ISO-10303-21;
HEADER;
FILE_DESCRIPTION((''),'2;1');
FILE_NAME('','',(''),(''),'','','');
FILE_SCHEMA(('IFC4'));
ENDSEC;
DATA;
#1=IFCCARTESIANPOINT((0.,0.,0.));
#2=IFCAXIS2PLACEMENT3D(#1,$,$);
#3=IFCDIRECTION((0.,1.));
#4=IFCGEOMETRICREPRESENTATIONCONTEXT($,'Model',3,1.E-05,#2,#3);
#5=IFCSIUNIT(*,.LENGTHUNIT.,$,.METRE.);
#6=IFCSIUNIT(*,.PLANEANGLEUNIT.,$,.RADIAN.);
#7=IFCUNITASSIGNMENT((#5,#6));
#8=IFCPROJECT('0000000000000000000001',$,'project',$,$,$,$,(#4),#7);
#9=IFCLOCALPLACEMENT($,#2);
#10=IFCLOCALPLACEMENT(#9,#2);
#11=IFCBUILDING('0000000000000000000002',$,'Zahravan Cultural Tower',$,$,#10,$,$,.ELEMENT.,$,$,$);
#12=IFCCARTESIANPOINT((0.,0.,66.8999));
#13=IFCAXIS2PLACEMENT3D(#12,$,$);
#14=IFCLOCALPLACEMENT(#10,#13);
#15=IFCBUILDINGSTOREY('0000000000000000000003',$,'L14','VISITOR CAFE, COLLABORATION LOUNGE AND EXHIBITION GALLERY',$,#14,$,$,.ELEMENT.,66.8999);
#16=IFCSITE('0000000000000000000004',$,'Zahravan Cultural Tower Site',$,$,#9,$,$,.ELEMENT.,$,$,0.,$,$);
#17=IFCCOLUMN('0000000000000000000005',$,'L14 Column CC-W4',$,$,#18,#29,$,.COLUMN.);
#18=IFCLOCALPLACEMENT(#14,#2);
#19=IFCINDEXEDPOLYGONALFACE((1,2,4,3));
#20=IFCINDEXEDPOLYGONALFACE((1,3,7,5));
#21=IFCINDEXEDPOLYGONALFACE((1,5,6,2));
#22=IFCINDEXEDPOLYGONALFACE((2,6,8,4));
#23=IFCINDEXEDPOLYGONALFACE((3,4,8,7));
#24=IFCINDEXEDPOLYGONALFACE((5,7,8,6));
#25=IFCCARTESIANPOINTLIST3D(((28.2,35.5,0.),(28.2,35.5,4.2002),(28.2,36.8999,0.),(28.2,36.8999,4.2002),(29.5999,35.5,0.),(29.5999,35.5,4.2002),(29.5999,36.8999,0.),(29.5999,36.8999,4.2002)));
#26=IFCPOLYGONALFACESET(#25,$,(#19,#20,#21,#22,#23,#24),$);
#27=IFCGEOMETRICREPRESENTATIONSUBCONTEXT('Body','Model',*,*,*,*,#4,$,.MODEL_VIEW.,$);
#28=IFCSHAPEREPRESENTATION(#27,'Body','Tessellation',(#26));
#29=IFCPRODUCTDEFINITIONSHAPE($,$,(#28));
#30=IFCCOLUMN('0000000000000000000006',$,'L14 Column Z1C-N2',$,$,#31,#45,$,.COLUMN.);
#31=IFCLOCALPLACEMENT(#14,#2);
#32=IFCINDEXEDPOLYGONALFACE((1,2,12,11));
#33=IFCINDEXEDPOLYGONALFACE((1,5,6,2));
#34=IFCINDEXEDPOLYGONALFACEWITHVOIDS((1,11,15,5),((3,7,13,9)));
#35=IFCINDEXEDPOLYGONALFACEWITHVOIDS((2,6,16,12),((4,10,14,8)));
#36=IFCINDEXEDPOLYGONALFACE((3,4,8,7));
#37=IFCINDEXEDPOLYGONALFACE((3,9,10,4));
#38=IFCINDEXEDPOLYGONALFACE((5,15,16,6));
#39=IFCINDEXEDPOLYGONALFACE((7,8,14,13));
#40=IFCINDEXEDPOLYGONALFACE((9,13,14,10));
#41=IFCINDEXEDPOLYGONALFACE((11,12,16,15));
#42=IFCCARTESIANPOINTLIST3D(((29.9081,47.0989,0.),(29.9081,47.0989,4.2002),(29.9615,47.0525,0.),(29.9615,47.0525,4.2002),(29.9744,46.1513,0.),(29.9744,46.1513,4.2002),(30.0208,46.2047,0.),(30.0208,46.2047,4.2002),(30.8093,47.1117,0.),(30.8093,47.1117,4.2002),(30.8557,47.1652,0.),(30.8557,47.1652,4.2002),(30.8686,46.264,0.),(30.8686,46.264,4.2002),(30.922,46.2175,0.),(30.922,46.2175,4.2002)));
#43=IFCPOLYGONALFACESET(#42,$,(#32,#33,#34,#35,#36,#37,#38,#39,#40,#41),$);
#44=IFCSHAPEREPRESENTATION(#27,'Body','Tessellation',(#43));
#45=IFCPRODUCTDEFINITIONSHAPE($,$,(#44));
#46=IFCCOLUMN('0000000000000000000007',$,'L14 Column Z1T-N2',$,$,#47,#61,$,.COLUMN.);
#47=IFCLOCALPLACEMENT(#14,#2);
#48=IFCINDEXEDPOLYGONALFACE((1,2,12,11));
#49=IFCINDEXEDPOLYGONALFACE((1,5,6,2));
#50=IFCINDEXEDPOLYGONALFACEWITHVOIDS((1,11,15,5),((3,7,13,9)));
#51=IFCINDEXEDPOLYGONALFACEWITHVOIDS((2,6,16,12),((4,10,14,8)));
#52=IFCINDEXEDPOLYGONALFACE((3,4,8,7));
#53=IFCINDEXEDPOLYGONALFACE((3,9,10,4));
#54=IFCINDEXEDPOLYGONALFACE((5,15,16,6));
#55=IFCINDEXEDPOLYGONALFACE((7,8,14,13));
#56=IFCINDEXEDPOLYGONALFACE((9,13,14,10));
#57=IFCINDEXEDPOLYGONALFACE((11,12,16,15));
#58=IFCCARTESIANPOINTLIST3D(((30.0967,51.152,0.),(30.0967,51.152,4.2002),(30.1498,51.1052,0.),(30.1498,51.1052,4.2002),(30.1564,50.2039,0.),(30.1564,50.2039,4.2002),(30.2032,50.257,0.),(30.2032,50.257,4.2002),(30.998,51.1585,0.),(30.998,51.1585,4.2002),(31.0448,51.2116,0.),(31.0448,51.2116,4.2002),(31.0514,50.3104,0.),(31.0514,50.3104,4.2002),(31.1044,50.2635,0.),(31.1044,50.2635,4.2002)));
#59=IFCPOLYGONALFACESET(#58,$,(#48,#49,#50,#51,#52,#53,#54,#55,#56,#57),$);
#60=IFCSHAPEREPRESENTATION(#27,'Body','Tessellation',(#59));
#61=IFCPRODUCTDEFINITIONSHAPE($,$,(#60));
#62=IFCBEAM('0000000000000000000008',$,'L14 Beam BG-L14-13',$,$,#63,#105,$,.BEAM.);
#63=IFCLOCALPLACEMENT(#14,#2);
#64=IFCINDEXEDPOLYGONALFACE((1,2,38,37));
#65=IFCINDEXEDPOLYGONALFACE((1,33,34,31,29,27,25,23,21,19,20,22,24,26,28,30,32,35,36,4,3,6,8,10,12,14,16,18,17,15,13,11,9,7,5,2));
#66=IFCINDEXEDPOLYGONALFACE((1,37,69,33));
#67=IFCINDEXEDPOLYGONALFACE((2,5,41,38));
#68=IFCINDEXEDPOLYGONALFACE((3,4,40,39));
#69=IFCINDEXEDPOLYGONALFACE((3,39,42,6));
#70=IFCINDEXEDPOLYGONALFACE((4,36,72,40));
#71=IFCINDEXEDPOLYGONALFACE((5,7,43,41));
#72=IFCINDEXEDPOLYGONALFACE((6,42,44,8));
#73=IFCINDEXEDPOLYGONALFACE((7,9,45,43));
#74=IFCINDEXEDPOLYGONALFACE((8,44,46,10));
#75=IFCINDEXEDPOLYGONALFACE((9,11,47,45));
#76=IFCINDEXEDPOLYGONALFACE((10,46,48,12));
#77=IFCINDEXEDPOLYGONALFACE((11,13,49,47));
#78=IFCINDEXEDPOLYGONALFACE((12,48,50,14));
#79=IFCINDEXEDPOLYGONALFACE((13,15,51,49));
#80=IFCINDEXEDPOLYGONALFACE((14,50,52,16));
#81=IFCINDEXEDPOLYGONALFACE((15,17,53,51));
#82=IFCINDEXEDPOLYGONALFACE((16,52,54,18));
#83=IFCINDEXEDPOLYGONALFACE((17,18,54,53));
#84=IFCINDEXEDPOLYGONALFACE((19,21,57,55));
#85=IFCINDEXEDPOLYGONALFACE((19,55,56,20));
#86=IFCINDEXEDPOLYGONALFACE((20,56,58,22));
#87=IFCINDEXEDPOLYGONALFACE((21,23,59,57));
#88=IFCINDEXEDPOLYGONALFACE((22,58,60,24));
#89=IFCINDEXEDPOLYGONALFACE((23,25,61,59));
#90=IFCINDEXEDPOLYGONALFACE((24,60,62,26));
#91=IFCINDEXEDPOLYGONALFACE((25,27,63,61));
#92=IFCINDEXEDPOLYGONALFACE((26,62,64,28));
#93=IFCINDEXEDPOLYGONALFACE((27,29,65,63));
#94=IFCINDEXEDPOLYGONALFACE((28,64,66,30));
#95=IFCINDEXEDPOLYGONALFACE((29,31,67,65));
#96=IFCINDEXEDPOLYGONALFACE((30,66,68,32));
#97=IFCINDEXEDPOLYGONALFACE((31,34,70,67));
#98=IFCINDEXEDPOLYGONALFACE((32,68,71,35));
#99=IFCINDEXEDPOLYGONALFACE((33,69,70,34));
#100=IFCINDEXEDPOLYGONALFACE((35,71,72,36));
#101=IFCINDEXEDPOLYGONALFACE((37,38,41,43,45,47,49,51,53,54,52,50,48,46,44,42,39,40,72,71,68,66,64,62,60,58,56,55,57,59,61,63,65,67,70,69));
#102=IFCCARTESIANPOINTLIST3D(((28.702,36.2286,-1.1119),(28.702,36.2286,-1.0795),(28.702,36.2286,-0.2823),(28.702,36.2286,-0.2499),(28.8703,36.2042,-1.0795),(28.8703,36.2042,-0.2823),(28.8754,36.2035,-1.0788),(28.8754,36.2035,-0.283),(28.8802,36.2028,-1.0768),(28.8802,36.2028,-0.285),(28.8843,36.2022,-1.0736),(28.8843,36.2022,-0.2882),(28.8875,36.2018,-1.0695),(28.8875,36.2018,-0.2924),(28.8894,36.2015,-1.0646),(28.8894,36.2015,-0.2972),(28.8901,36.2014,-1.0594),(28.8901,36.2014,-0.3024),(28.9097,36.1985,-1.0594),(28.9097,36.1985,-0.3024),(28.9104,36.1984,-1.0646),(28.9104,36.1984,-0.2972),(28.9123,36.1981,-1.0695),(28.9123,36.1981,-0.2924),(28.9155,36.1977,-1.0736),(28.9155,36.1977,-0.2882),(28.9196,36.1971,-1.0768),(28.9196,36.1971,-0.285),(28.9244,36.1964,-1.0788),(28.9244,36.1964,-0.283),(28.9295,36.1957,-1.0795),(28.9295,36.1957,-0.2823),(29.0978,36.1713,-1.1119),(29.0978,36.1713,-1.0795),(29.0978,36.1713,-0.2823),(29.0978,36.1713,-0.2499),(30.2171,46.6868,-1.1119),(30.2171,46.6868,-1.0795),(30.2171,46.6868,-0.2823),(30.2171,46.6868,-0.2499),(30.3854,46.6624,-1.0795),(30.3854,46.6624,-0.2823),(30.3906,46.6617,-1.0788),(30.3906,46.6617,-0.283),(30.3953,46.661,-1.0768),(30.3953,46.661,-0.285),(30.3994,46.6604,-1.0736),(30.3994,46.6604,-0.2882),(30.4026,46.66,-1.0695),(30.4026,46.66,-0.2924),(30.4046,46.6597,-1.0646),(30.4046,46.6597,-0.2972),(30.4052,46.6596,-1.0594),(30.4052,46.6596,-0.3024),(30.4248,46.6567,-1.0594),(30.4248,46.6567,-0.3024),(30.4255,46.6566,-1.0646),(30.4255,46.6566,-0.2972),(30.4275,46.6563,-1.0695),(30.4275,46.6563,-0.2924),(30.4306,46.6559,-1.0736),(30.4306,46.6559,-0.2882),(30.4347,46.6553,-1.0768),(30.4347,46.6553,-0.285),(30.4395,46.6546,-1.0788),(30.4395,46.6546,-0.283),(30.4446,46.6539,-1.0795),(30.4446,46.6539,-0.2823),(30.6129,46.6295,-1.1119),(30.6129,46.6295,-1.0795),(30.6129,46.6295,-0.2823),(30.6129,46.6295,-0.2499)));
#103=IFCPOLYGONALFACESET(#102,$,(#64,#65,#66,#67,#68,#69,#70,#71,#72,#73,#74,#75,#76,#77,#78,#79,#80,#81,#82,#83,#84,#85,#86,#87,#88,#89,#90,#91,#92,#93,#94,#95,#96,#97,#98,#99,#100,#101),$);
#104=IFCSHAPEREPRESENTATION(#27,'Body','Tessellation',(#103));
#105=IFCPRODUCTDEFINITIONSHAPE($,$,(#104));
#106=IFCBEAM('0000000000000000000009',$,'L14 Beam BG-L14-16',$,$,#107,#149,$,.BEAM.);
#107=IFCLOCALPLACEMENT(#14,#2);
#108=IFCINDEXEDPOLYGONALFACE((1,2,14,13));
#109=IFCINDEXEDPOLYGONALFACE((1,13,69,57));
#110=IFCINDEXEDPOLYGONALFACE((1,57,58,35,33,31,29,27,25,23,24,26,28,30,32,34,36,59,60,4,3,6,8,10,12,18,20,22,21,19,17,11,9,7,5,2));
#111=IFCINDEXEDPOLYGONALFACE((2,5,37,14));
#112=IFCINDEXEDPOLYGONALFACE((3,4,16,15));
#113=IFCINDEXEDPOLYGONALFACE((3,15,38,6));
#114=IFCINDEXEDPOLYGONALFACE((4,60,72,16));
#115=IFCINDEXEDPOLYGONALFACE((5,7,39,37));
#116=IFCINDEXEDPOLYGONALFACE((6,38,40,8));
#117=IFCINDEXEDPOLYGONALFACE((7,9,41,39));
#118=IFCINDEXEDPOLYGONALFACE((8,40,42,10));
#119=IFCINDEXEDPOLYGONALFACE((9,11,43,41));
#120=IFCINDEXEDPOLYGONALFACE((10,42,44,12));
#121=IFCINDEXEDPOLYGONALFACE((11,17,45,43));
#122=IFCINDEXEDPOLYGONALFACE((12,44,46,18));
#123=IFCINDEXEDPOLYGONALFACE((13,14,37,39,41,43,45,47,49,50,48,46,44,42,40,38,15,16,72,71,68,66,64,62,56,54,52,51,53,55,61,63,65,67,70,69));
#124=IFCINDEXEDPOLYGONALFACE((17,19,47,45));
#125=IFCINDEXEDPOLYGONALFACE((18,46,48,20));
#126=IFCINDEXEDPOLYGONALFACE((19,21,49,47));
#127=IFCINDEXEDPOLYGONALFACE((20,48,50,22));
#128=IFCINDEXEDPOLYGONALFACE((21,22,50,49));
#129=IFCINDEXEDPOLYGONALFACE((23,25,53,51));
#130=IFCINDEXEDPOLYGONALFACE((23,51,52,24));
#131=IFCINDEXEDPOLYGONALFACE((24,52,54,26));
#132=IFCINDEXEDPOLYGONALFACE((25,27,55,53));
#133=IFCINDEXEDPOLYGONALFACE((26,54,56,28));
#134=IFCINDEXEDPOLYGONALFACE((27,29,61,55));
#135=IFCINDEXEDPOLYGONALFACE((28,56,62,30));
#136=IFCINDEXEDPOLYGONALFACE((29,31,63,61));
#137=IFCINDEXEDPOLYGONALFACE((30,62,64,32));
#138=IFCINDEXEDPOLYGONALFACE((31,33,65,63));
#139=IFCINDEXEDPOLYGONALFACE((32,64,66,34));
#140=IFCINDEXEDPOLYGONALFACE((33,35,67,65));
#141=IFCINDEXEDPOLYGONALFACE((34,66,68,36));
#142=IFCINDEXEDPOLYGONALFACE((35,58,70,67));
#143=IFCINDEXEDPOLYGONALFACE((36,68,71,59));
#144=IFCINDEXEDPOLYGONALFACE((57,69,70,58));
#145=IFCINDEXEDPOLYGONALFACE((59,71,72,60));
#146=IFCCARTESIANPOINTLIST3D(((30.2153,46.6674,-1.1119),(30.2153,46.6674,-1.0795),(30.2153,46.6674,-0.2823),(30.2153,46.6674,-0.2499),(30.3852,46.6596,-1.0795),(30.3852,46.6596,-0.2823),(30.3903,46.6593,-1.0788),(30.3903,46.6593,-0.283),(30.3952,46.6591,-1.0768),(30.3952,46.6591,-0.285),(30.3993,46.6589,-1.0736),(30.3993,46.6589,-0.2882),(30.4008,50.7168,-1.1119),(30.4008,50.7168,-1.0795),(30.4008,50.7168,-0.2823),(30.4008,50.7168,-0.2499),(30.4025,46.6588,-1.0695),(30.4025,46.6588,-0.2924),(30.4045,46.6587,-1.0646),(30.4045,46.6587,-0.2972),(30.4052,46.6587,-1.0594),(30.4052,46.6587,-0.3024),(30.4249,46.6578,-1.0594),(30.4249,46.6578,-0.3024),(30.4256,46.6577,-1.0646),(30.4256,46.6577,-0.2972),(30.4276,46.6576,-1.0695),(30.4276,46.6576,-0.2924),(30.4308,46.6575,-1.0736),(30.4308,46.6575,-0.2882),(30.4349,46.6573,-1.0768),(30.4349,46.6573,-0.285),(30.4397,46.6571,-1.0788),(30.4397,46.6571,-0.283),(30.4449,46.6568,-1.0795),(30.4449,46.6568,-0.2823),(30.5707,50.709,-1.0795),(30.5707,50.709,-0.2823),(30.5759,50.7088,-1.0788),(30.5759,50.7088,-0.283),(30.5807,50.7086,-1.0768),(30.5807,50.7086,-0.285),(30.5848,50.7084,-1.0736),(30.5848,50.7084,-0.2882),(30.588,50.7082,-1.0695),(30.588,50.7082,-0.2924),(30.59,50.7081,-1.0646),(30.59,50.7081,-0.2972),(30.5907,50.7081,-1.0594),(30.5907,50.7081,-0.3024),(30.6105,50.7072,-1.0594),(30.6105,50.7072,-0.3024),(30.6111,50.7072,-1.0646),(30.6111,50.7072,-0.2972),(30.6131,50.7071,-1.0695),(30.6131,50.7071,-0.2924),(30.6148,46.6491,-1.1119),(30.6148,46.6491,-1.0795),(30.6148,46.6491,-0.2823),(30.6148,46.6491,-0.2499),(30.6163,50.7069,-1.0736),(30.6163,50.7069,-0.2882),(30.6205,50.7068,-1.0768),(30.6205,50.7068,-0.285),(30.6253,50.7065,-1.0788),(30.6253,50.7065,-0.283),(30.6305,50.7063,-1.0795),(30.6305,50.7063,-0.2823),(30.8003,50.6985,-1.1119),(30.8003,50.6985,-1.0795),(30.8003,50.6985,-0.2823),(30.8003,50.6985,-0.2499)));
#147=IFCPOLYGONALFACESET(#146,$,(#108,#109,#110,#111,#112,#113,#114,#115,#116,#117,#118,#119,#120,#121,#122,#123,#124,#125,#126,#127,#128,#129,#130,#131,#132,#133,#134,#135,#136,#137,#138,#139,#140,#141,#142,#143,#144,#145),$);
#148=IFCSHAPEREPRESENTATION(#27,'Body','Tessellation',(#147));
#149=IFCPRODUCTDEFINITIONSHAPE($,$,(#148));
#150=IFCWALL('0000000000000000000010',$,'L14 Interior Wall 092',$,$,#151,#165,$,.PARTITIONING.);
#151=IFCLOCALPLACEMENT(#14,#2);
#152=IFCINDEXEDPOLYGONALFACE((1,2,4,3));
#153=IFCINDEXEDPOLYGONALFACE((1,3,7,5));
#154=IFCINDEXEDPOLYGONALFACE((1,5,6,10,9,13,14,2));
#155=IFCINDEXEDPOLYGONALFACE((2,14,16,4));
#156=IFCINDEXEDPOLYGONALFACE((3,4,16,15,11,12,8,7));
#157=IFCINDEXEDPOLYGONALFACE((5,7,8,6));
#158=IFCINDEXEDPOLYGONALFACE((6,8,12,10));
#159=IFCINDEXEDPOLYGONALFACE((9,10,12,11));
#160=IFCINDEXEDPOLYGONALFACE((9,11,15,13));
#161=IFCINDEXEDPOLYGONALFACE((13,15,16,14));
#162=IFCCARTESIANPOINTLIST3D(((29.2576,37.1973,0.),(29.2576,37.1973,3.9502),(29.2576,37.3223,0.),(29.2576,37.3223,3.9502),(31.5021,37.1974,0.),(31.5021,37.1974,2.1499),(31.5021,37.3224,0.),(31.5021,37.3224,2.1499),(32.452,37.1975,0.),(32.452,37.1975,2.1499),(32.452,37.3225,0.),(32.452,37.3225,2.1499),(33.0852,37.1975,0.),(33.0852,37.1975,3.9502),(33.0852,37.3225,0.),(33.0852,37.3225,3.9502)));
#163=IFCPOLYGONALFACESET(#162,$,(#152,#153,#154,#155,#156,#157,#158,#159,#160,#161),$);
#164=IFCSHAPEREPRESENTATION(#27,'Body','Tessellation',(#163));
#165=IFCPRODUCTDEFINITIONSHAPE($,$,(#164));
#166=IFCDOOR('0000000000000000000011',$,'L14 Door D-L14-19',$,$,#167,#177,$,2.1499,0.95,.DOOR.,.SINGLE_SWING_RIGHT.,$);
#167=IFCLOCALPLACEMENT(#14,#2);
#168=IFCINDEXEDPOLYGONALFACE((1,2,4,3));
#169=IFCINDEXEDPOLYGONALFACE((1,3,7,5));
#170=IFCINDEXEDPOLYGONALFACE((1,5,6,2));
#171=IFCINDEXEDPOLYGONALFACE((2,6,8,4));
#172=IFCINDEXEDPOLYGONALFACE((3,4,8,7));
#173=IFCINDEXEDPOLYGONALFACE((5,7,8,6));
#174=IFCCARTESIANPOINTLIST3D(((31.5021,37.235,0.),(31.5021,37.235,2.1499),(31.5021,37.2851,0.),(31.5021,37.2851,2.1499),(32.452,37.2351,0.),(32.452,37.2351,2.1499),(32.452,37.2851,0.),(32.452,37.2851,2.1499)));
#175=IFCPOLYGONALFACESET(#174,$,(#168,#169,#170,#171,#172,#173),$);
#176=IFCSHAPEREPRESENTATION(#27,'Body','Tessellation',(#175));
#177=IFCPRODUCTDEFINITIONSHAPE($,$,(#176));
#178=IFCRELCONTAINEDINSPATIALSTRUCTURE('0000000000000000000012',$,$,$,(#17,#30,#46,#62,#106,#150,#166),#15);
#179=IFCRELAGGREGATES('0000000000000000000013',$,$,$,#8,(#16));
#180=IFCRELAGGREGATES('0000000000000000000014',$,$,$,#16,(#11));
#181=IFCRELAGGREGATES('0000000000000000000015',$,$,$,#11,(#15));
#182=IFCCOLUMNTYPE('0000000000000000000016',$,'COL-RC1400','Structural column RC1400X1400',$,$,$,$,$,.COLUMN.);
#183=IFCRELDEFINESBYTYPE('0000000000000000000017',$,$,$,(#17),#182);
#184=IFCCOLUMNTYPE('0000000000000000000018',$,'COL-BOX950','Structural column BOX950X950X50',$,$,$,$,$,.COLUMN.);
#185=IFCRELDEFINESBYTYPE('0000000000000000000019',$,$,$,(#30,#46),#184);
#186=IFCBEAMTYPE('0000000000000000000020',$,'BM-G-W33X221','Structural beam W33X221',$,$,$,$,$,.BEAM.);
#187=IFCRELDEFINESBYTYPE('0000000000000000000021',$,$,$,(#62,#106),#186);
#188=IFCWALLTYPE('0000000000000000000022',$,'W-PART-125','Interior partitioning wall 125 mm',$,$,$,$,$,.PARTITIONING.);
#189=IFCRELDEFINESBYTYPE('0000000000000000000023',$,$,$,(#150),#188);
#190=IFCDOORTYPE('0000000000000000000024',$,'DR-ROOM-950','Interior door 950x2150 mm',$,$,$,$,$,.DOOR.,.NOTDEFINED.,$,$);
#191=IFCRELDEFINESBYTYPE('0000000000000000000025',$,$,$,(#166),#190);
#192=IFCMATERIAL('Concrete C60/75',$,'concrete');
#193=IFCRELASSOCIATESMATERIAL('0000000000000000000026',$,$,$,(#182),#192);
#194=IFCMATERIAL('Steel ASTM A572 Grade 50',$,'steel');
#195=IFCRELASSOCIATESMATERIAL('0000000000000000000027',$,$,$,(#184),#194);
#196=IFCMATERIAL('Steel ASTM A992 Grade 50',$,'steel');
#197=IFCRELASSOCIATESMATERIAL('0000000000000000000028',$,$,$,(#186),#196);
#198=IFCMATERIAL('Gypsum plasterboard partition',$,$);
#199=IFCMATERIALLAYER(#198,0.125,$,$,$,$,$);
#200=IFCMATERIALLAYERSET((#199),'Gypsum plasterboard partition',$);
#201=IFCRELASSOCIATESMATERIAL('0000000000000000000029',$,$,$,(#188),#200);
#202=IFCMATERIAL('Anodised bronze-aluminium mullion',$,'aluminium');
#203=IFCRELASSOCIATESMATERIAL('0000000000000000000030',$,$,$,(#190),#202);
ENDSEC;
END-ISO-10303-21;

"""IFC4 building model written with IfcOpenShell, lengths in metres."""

from ifc_helpers import new_model, si_unit, direction, frame, frame_2d, origin, origin_2d, place, context, subcontext, project, spatial, rectangle, hollow_rectangle, i_section, extrude, source, transform, mapped, material, layer, layer_set, material_profile, profile_set, type_object, element, fill, save


model = new_model("IFC4")

# Units and contexts
model_context = context("Model", 3, precision=1e-05, world=origin(), true_north=direction((0.0, 1.0)))
body_context = subcontext(model_context, "Body", "Model", "MODEL_VIEW")
ifc_project = project(units=[si_unit("LENGTHUNIT", "METRE"), si_unit("PLANEANGLEUNIT", "RADIAN")], contexts=[model_context])

# Site, building, storey
site_placement = place(None, origin())
site = spatial("IfcSite", under=ifc_project, at=site_placement, Name="Zahravan Cultural Tower Site", CompositionType="ELEMENT", RefElevation=0.0)
building_placement = place(site_placement, origin())
building = spatial("IfcBuilding", under=site, at=building_placement, Name="Zahravan Cultural Tower", CompositionType="ELEMENT")
storey_placement = place(building_placement, frame((0.0, 0.0, 66.8999)))
storey = spatial("IfcBuildingStorey", under=building, at=storey_placement, Name="L14", Description="VISITOR CAFE, COLLABORATION LOUNGE AND EXHIBITION GALLERY", CompositionType="ELEMENT", Elevation=66.8999)

# Columns
ifc_material_1 = material(Name="Concrete C60/75", Category="concrete")
ifc_material_profile_1 = material_profile(ifc_material_1, rectangle(XDim=1.3999, YDim=1.3999, at=origin_2d()), Name="RC1400X1400")
ifc_profile_set_1 = profile_set([ifc_material_profile_1], Name="Concrete C60/75")
column_type_1 = type_object("IfcColumnType", Name="COL-RC1400", Description="Structural column RC1400X1400", PredefinedType="COLUMN", material=ifc_profile_set_1)
shared_shape_1 = source(origin(), body_context, "Body", "SweptSolid", [
    extrude(rectangle(XDim=1.3999, YDim=1.3999, at=origin_2d()), origin(), (0.0, 0.0, 1.0), 4.2002),
])
column_placement = place(storey_placement, frame((28.8999, 36.2, 0.0), z_axis=(0.0, 0.0, 1.0), x_axis=(1.0, 0.0, 0.0)))
element("IfcColumn", 1, at=column_placement, inside=storey, type_object=column_type_1, Name="L14 Column CC-W4", PredefinedType="COLUMN", context=body_context, shape_type="MappedRepresentation", body=[
    mapped(shared_shape_1, transform((0.0, 0.0, 0.0), x_axis=(1.0, 0.0, 0.0), y_axis=(0.0, 1.0, 0.0), z_axis=(0.0, 0.0, 1.0), scale=1.0)),
])
ifc_material_2 = material(Name="Steel ASTM A572 Grade 50", Category="steel")
ifc_material_profile_2 = material_profile(ifc_material_2, hollow_rectangle(XDim=0.95, YDim=0.95, WallThickness=0.05, at=origin_2d()), Name="BOX950X950X50")
ifc_profile_set_2 = profile_set([ifc_material_profile_2], Name="Steel ASTM A572 Grade 50")
column_type_2 = type_object("IfcColumnType", Name="COL-BOX950", Description="Structural column BOX950X950X50", PredefinedType="COLUMN", material=ifc_profile_set_2)
shared_shape_2 = source(origin(), body_context, "Body", "SweptSolid", [
    extrude(hollow_rectangle(XDim=0.95, YDim=0.95, WallThickness=0.05, at=origin_2d()), origin(), (0.0, 0.0, 1.0), 4.2002),
])
for number, where, z_axis, x_axis, name in (
    (2, (30.415, 46.6582, 0.0), (0.0, 0.0, 1.0), (-0.069756, 0.997564, 0.0), "L14 Column Z1C-N2"),
    (3, (30.6006, 50.7078, 0.0), (0.0, 0.0, 1.0), (-0.062791, 0.998027, 0.0), "L14 Column Z1T-N2"),
):
    element("IfcColumn", number, at=place(storey_placement, frame(where, z_axis=z_axis, x_axis=x_axis)), inside=storey, type_object=column_type_2, Name=name, PredefinedType="COLUMN", context=body_context, shape_type="MappedRepresentation", body=[
        mapped(shared_shape_2, transform((0.0, 0.0, 0.0), x_axis=(1.0, 0.0, 0.0), y_axis=(0.0, 1.0, 0.0), z_axis=(0.0, 0.0, 1.0), scale=1.0)),
    ])

# Beams
ifc_material_3 = material(Name="Steel ASTM A992 Grade 50", Category="steel")
ifc_material_profile_3 = material_profile(ifc_material_3, i_section(OverallWidth=0.3999, OverallDepth=0.8621, WebThickness=0.0198, FlangeThickness=0.0325, FilletRadius=0.02, at=origin_2d()), Name="W33X221")
ifc_profile_set_3 = profile_set([ifc_material_profile_3], Name="Steel ASTM A992 Grade 50")
beam_type = type_object("IfcBeamType", Name="BM-G-W33X221", Description="Structural beam W33X221", PredefinedType="BEAM", material=ifc_profile_set_3)
shared_shape_3 = source(origin(), body_context, "Body", "SweptSolid", [
    extrude(i_section(OverallWidth=0.3999, OverallDepth=0.8621, WebThickness=0.0198, FlangeThickness=0.0325, FilletRadius=0.02, at=origin_2d()), origin(), (0.0, 0.0, 1.0), 10.5674),
])
beam_1_placement = place(storey_placement, frame((28.8999, 36.2, -0.6809), z_axis=(0.143378, 0.989668, 0.0), x_axis=(-0.989668, 0.143378, 0.0)))
element("IfcBeam", 4, at=beam_1_placement, inside=storey, type_object=beam_type, Name="L14 Beam BG-L14-13", PredefinedType="BEAM", context=body_context, shape_type="MappedRepresentation", body=[
    mapped(shared_shape_3, transform((0.0, 0.0, 0.0), x_axis=(1.0, 0.0, 0.0), y_axis=(0.0, 1.0, 0.0), z_axis=(0.0, 0.0, 1.0), scale=1.0)),
])
shared_shape_4 = source(origin(), body_context, "Body", "SweptSolid", [
    extrude(i_section(OverallWidth=0.3999, OverallDepth=0.8621, WebThickness=0.0198, FlangeThickness=0.0325, FilletRadius=0.02, at=origin_2d()), origin(), (0.0, 0.0, 1.0), 4.0537),
])
beam_2_placement = place(storey_placement, frame((30.415, 46.6582, -0.6809), z_axis=(0.045771, 0.998952, 0.0), x_axis=(-0.998952, 0.045771, 0.0)))
element("IfcBeam", 5, at=beam_2_placement, inside=storey, type_object=beam_type, Name="L14 Beam BG-L14-16", PredefinedType="BEAM", context=body_context, shape_type="MappedRepresentation", body=[
    mapped(shared_shape_4, transform((0.0, 0.0, 0.0), x_axis=(1.0, 0.0, 0.0), y_axis=(0.0, 1.0, 0.0), z_axis=(0.0, 0.0, 1.0), scale=1.0)),
])

# Wall, opening, door
ifc_material_4 = material(Name="Gypsum plasterboard partition")
ifc_layer_1 = layer(ifc_material_4, 0.125)
ifc_layer_set_1 = layer_set([ifc_layer_1], Name="Gypsum plasterboard partition")
wall_type_1 = type_object("IfcWallType", Name="W-PART-125", Description="Interior partitioning wall 125 mm", PredefinedType="PARTITIONING", material=ifc_layer_set_1)
wall_1_placement = place(storey_placement, frame((33.0852, 37.26, 0.0), z_axis=(0.0, 0.0, 1.0), x_axis=(-1.0, -0.000064, 0.0)))
wall_1 = element("IfcWall", 6, at=wall_1_placement, inside=storey, type_object=wall_type_1, Name="L14 Interior Wall 092", PredefinedType="PARTITIONING", context=body_context, shape_type="SweptSolid", body=[
    extrude(rectangle(XDim=3.8276, YDim=0.125, at=frame_2d((1.9138, 0.0))), origin(), (0.0, 0.0, 1.0), 3.9502),
])
opening_placement = place(wall_1_placement, frame((0.6331, 0.0, 0.0)))
opening = element("IfcOpeningElement", 7, at=opening_placement, cuts=wall_1, PredefinedType="OPENING", context=body_context, shape_type="SweptSolid", body=[
    extrude(rectangle(XDim=0.95, YDim=2.1499, at=frame_2d((0.4751, 1.075))), frame((0.0, 0.0725, 0.0), z_axis=(0.0, -1.0, 0.0), x_axis=(1.0, 0.0, 0.0)), (0.0, 0.0, 1.0), 0.145),
])
ifc_material_5 = material(Name="Anodised bronze-aluminium mullion", Category="aluminium")
door_type = type_object("IfcDoorType", Name="DR-ROOM-950", Description="Interior door 950x2150 mm", OperationType="NOTDEFINED", PredefinedType="DOOR", material=ifc_material_5)
shared_shape_5 = source(origin(), body_context, "Body", "SweptSolid", [
    extrude(rectangle(XDim=0.95, YDim=2.1499, at=frame_2d((0.4751, 1.075))), frame((0.0, 0.0249, 0.0), z_axis=(0.0, -1.0, 0.0), x_axis=(1.0, 0.0, 0.0)), (0.0, 0.0, 1.0), 0.05),
])
door_placement = place(opening_placement, origin())
door = element("IfcDoor", 8, at=door_placement, inside=storey, type_object=door_type, Name="L14 Door D-L14-19", OperationType="SINGLE_SWING_RIGHT", OverallHeight=2.1499, OverallWidth=0.95, PredefinedType="DOOR", context=body_context, shape_type="MappedRepresentation", body=[
    mapped(shared_shape_5, transform((0.0, 0.0, 0.0), x_axis=(1.0, 0.0, 0.0), y_axis=(0.0, 1.0, 0.0), z_axis=(0.0, 0.0, 1.0), scale=1.0)),
])
fill(opening, door)

save(model, "model.ifc")
